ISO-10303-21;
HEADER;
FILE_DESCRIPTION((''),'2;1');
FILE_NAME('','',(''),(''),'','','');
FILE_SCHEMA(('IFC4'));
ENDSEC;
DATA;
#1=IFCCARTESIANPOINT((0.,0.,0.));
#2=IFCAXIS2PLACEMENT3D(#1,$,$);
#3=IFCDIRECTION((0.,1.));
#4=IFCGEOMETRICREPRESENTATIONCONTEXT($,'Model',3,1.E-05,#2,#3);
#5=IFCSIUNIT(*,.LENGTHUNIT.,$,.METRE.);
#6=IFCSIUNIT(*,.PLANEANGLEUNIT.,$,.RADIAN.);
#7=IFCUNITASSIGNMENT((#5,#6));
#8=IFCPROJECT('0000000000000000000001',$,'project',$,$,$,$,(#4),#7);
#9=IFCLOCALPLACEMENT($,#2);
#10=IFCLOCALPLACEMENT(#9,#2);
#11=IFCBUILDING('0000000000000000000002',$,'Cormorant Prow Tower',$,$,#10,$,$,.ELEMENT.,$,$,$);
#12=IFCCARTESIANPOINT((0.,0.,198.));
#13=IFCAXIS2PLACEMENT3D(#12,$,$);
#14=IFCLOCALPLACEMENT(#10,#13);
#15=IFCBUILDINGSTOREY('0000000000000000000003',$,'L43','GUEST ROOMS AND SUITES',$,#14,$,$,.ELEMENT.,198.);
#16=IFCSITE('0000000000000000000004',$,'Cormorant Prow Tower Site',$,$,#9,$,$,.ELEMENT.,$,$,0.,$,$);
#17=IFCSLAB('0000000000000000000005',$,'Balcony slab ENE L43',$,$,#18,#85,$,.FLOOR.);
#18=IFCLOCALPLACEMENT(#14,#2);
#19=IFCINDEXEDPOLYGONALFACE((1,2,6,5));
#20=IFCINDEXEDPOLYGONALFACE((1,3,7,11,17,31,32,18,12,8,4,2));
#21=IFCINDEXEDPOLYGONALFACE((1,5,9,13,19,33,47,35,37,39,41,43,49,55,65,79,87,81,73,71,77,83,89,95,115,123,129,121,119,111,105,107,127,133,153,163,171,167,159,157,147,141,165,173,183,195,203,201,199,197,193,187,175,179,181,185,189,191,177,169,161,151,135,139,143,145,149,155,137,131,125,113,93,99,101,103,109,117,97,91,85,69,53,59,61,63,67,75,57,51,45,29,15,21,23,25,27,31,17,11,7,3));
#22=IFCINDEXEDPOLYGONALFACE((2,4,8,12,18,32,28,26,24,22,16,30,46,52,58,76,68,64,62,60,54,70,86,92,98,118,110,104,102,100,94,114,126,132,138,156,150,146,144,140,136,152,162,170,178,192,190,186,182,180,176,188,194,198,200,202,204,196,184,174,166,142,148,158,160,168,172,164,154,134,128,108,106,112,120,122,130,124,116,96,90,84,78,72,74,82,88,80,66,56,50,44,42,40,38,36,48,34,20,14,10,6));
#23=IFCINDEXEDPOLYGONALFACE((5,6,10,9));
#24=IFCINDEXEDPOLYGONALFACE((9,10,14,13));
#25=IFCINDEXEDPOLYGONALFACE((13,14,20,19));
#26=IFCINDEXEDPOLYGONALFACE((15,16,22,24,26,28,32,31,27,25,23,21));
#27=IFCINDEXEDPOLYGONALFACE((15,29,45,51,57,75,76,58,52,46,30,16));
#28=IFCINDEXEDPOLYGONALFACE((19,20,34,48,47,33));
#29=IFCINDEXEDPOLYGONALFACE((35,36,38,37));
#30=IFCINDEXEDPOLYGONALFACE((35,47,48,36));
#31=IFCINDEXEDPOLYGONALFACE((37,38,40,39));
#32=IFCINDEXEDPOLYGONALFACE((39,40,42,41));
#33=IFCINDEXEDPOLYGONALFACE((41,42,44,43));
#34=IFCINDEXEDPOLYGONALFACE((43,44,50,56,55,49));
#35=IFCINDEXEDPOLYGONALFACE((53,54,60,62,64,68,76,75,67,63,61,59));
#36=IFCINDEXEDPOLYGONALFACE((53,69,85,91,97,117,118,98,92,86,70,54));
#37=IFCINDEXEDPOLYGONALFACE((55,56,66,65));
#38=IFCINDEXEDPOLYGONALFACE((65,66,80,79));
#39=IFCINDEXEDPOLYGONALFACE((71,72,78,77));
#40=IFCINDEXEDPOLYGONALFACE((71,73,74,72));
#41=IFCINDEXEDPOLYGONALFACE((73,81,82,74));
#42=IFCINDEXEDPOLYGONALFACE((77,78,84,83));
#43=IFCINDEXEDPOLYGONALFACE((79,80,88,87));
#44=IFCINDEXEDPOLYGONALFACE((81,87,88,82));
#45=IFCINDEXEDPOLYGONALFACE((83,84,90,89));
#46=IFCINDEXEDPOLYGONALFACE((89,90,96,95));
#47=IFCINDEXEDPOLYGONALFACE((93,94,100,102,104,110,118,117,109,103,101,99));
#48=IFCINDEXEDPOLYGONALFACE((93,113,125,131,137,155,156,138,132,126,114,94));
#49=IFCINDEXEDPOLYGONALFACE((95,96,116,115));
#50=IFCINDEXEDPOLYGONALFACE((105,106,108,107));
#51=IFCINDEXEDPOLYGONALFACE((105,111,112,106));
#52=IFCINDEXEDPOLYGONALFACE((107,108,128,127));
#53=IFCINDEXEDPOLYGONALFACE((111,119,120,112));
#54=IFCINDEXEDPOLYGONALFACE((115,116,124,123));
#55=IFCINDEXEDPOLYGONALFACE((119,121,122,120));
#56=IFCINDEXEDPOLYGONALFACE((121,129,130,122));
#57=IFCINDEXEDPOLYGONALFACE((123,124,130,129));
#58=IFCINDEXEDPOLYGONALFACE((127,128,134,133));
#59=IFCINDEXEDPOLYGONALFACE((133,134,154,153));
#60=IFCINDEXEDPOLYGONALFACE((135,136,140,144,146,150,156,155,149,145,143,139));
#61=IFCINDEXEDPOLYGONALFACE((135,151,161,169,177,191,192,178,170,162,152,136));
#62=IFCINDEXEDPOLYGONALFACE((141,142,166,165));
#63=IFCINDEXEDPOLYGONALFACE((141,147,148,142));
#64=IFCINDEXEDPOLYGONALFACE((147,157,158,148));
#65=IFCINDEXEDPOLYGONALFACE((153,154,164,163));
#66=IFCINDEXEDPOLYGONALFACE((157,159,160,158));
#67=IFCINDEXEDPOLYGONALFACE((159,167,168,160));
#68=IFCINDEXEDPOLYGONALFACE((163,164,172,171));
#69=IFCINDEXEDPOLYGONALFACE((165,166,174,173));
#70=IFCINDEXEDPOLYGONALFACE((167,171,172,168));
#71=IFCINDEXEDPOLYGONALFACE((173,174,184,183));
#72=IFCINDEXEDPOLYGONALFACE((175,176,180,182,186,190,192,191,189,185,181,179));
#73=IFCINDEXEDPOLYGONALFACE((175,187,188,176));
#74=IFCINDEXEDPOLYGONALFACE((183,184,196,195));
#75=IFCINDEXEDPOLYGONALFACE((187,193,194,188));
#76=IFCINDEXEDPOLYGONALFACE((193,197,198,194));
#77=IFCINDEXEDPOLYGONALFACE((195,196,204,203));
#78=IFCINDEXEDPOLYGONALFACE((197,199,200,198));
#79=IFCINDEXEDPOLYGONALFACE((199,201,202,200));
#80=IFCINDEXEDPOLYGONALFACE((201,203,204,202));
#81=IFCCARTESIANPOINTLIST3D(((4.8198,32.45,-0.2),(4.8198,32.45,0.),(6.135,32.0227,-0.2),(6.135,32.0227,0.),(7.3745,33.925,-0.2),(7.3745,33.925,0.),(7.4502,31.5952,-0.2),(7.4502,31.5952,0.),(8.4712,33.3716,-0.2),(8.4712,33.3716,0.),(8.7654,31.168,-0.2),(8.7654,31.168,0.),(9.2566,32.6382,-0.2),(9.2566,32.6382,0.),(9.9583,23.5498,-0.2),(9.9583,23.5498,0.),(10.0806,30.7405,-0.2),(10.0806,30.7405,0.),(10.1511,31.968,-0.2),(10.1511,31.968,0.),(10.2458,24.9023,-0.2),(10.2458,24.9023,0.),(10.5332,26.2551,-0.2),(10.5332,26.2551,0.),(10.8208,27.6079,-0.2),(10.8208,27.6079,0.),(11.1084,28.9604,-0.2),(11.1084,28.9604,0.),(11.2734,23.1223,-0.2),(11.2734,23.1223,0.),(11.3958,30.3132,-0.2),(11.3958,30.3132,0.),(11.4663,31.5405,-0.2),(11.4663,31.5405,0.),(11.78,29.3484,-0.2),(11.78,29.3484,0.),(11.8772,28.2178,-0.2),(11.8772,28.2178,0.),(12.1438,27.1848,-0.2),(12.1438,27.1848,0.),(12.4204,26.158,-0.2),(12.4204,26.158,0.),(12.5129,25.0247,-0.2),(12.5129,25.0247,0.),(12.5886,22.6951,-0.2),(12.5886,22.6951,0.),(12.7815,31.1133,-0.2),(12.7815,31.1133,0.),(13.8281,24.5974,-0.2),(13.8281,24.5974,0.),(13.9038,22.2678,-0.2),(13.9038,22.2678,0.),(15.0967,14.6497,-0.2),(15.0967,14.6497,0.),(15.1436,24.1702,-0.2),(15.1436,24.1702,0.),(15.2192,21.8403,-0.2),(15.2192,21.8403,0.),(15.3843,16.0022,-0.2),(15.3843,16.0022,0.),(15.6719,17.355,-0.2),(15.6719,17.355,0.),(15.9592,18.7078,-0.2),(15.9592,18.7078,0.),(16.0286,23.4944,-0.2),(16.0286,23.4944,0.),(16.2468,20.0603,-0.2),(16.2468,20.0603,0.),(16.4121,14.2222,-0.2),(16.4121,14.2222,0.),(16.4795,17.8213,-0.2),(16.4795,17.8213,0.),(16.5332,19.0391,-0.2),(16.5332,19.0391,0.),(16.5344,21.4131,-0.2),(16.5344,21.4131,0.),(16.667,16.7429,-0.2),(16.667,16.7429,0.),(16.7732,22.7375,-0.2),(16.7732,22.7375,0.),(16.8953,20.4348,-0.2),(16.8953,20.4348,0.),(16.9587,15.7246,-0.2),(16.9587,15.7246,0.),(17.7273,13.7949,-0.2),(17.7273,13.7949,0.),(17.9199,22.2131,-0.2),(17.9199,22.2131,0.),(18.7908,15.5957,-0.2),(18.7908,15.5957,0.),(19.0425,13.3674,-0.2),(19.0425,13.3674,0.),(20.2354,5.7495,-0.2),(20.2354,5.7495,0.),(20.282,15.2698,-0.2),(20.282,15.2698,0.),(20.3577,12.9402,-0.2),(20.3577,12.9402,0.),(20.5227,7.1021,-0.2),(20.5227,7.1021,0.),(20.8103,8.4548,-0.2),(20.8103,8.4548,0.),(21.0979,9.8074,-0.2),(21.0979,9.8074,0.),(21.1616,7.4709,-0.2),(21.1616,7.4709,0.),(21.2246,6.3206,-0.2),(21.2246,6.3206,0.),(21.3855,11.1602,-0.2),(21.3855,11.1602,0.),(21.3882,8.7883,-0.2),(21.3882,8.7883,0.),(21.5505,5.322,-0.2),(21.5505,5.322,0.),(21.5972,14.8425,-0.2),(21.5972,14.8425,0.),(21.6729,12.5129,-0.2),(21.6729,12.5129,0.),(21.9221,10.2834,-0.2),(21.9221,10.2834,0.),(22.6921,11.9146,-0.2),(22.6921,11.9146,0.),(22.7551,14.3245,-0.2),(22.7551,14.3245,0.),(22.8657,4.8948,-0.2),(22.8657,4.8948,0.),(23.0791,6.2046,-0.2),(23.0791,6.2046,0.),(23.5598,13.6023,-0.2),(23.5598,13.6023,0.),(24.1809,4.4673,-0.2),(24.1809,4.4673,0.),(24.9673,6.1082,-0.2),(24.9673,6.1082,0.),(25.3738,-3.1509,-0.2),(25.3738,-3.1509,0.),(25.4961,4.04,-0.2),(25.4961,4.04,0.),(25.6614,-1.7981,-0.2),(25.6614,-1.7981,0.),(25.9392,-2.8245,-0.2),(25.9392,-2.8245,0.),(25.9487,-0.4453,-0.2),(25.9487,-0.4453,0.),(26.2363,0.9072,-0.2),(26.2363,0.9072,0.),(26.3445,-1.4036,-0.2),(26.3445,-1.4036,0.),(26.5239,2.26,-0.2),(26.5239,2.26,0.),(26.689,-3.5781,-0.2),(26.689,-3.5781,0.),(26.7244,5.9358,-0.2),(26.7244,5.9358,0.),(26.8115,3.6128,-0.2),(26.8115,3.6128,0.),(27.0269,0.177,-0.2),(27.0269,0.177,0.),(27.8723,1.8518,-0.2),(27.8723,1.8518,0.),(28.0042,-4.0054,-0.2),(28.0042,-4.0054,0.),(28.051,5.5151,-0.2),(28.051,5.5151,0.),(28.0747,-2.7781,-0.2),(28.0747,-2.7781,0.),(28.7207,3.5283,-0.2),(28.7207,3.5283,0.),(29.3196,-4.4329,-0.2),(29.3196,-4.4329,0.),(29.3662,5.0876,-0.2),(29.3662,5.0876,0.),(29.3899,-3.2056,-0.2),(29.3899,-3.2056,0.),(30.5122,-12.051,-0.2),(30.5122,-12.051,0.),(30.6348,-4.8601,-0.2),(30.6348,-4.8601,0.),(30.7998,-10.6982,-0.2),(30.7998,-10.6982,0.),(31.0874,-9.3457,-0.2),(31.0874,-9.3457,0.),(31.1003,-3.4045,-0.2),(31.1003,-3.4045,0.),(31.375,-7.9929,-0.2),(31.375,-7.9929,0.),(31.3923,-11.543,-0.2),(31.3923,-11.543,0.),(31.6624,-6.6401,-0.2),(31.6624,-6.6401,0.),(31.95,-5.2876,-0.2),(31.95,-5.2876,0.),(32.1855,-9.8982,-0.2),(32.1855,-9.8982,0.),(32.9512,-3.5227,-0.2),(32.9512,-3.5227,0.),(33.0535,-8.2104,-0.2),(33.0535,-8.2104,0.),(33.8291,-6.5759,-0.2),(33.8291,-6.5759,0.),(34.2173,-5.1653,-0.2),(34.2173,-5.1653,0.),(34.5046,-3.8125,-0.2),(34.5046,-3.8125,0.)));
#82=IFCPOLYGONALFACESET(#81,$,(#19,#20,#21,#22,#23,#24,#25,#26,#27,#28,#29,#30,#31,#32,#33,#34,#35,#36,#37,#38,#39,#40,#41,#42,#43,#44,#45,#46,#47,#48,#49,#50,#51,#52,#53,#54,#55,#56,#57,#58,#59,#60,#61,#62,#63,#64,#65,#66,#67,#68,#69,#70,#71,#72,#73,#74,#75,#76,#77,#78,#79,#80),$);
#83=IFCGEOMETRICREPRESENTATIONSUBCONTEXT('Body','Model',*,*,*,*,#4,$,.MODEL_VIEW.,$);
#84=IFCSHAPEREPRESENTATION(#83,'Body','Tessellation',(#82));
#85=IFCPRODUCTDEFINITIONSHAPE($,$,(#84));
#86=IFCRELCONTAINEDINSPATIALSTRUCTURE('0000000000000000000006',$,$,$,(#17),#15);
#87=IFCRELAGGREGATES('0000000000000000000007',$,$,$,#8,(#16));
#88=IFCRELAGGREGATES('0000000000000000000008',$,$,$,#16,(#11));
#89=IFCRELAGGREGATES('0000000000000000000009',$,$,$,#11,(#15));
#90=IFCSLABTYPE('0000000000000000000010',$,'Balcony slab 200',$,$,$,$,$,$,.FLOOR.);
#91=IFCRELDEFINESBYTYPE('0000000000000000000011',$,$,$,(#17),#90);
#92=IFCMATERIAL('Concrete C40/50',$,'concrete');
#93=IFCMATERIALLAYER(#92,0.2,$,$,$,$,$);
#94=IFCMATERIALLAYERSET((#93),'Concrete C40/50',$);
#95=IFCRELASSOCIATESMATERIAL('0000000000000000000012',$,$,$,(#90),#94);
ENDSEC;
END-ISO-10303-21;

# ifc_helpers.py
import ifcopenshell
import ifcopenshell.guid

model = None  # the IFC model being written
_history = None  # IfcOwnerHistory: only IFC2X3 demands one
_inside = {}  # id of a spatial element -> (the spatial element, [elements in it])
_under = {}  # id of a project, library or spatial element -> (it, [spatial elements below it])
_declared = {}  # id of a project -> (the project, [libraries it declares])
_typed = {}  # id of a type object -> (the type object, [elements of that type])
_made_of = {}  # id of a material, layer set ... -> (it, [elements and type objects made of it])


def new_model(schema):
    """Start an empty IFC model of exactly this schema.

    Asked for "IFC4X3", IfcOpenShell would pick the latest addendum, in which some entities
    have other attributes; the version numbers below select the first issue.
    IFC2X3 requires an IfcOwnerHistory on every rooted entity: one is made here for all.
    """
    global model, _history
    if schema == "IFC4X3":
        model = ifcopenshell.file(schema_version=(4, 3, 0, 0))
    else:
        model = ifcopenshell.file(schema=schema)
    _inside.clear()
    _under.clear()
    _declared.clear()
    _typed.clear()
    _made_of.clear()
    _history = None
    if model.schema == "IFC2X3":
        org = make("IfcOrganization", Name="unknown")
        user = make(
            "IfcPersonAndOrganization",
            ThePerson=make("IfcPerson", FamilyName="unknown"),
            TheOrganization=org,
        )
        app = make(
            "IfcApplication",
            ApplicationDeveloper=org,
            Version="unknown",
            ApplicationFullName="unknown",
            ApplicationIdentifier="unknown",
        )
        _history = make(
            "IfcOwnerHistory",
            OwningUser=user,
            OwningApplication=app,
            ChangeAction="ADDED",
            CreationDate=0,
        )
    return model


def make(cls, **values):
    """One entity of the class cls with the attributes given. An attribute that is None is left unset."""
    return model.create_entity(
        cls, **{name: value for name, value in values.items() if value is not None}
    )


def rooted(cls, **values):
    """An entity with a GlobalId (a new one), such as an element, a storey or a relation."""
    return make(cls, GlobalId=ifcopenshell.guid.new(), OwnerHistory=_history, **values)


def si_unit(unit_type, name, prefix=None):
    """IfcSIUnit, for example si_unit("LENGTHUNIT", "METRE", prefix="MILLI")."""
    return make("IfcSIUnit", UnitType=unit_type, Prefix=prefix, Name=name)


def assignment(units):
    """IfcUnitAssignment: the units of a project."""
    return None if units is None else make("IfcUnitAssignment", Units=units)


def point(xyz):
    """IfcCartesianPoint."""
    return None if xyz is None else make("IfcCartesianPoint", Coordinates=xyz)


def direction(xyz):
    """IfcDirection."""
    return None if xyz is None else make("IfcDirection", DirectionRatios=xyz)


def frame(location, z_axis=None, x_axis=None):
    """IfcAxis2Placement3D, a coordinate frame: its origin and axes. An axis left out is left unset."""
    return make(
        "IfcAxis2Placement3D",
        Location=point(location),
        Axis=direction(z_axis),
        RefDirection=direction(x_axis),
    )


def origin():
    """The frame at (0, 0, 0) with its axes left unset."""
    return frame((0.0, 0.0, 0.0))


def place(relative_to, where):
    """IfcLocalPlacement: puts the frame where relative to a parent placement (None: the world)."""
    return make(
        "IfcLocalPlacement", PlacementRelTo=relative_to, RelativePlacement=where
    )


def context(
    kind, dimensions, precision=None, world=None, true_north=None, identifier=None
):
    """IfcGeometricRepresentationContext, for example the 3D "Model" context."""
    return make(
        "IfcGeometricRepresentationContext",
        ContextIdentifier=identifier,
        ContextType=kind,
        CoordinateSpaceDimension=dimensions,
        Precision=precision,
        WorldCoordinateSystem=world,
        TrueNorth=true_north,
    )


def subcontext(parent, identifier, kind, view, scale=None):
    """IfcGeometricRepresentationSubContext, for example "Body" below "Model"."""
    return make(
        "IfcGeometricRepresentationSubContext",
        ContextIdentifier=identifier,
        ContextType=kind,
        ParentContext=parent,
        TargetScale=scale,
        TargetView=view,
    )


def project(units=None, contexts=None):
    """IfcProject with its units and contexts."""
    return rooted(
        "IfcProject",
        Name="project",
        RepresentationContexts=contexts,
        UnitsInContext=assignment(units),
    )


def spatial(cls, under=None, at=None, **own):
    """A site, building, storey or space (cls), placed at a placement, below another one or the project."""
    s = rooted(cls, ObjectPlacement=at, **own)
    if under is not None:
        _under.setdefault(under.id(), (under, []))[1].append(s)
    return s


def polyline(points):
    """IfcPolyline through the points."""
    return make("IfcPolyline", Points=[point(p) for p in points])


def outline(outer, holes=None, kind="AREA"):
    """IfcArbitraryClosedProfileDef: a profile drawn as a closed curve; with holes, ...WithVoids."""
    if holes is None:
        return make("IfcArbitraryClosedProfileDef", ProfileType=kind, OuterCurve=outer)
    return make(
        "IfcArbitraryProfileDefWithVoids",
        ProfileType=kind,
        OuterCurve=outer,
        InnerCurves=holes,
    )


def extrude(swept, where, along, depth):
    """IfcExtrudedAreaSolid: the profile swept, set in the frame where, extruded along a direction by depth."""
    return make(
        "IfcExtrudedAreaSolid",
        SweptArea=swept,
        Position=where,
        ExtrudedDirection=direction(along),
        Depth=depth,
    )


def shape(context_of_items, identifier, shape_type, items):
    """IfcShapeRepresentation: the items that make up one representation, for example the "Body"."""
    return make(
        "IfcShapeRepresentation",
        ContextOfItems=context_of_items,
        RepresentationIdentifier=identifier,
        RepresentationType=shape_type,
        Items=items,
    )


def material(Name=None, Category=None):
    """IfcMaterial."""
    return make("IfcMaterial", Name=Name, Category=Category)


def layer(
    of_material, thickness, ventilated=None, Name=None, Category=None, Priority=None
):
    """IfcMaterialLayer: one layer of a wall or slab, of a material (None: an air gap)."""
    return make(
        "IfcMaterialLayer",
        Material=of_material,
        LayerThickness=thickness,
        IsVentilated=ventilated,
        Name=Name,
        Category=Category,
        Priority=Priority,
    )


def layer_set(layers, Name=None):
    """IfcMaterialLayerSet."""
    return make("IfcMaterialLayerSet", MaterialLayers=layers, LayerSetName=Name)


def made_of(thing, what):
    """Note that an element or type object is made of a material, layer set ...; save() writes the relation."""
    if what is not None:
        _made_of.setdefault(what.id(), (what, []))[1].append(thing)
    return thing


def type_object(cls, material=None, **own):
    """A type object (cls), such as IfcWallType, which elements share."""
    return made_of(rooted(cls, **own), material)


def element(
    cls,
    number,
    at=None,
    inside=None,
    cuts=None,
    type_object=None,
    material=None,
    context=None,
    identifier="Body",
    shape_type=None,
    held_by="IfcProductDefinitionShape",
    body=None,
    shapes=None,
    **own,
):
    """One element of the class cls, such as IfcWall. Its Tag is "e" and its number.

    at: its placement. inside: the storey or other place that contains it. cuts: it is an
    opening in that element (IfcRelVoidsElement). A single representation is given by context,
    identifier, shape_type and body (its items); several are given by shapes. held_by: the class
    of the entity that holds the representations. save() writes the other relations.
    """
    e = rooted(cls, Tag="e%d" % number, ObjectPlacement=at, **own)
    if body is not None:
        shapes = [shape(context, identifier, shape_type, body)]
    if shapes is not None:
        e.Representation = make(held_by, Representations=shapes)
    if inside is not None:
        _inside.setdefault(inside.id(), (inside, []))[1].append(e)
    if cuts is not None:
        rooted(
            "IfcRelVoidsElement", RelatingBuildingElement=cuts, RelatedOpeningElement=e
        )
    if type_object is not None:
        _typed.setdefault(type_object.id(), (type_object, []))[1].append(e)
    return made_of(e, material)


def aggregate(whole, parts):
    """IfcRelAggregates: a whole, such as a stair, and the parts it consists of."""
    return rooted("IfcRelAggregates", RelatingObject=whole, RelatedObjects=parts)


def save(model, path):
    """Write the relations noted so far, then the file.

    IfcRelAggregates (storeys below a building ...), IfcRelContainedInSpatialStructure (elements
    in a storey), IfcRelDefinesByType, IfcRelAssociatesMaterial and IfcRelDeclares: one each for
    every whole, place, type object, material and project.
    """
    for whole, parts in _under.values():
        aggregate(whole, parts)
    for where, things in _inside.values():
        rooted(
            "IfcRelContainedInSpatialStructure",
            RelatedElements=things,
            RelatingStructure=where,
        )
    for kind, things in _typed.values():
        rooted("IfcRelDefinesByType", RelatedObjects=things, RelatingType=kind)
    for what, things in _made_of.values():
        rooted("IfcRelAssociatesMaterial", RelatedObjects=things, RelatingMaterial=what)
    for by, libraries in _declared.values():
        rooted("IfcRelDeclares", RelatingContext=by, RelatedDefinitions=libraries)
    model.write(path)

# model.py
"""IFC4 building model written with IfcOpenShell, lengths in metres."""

from ifc_helpers import new_model, si_unit, direction, frame, origin, place, context, subcontext, project, spatial, polyline, outline, extrude, material, layer, layer_set, type_object, element, save


model = new_model("IFC4")

# Units and contexts
model_context = context("Model", 3, precision=1e-05, world=origin(), true_north=direction((0.0, 1.0)))
body_context = subcontext(model_context, "Body", "Model", "MODEL_VIEW")
ifc_project = project(units=[si_unit("LENGTHUNIT", "METRE"), si_unit("PLANEANGLEUNIT", "RADIAN")], contexts=[model_context])

# Site, building, storey
site_placement = place(None, origin())
site = spatial("IfcSite", under=ifc_project, at=site_placement, Name="Cormorant Prow Tower Site", CompositionType="ELEMENT", RefElevation=0.0)
building_placement = place(site_placement, origin())
building = spatial("IfcBuilding", under=site, at=building_placement, Name="Cormorant Prow Tower", CompositionType="ELEMENT")
storey_placement = place(building_placement, frame((0.0, 0.0, 198.0)))
storey = spatial("IfcBuildingStorey", under=building, at=storey_placement, Name="L43", Description="GUEST ROOMS AND SUITES", CompositionType="ELEMENT", Elevation=198.0)

# Slab
ifc_material_1 = material(Name="Concrete C40/50", Category="concrete")
ifc_layer_1 = layer(ifc_material_1, 0.2)
ifc_layer_set_1 = layer_set([ifc_layer_1], Name="Concrete C40/50")
slab_type_1 = type_object("IfcSlabType", Name="Balcony slab 200", PredefinedType="FLOOR", material=ifc_layer_set_1)
slab_1_placement = place(storey_placement, frame((0.0, 0.0, -0.2)))
element("IfcSlab", 1, at=slab_1_placement, inside=storey, type_object=slab_type_1, Name="Balcony slab ENE L43", PredefinedType="FLOOR", context=body_context, shape_type="SweptSolid", body=[
    extrude(outline(polyline([(30.5122, -12.051), (31.3923, -11.543), (32.1855, -9.8982), (33.0535, -8.2104), (33.8291, -6.5759), (34.2173, -5.1653), (34.5046, -3.8125), (32.9512, -3.5227), (31.1003, -3.4045), (29.3899, -3.2056), (28.0747, -2.7781), (25.9392, -2.8245), (26.3445, -1.4036), (27.0269, 0.177), (27.8723, 1.8518), (28.7207, 3.5283), (29.3662, 5.0876), (28.051, 5.5151), (26.7244, 5.9358), (24.9673, 6.1082), (23.0791, 6.2046), (21.2246, 6.3206), (21.1616, 7.4709), (21.3882, 8.7883), (21.9221, 10.2834), (22.6921, 11.9146), (23.5598, 13.6023), (22.7551, 14.3245), (21.5972, 14.8425), (20.282, 15.2698), (18.7908, 15.5957), (16.9587, 15.7246), (16.667, 16.7429), (16.4795, 17.8213), (16.5332, 19.0391), (16.8953, 20.4348), (17.9199, 22.2131), (16.7732, 22.7375), (16.0286, 23.4944), (15.1436, 24.1702), (13.8281, 24.5974), (12.5129, 25.0247), (12.4204, 26.158), (12.1438, 27.1848), (11.8772, 28.2178), (11.78, 29.3484), (12.7815, 31.1133), (11.4663, 31.5405), (10.1511, 31.968), (9.2566, 32.6382), (8.4712, 33.3716), (7.3745, 33.925), (4.8198, 32.45), (6.135, 32.0227), (7.4502, 31.5952), (8.7654, 31.168), (10.0806, 30.7405), (11.3958, 30.3132), (11.1084, 28.9604), (10.8208, 27.6079), (10.5332, 26.2551), (10.2458, 24.9023), (9.9583, 23.5498), (11.2734, 23.1223), (12.5886, 22.6951), (13.9038, 22.2678), (15.2192, 21.8403), (16.5344, 21.4131), (16.2468, 20.0603), (15.9592, 18.7078), (15.6719, 17.355), (15.3843, 16.0022), (15.0967, 14.6497), (16.4121, 14.2222), (17.7273, 13.7949), (19.0425, 13.3674), (20.3577, 12.9402), (21.6729, 12.5129), (21.3855, 11.1602), (21.0979, 9.8074), (20.8103, 8.4548), (20.5227, 7.1021), (20.2354, 5.7495), (21.5505, 5.322), (22.8657, 4.8948), (24.1809, 4.4673), (25.4961, 4.04), (26.8115, 3.6128), (26.5239, 2.26), (26.2363, 0.9072), (25.9487, -0.4453), (25.6614, -1.7981), (25.3738, -3.1509), (26.689, -3.5781), (28.0042, -4.0054), (29.3196, -4.4329), (30.6348, -4.8601), (31.95, -5.2876), (31.6624, -6.6401), (31.375, -7.9929), (31.0874, -9.3457), (30.7998, -10.6982), (30.5122, -12.051)])), origin(), (0.0, 0.0, 1.0), 0.2),
])

save(model, "model.ifc")
